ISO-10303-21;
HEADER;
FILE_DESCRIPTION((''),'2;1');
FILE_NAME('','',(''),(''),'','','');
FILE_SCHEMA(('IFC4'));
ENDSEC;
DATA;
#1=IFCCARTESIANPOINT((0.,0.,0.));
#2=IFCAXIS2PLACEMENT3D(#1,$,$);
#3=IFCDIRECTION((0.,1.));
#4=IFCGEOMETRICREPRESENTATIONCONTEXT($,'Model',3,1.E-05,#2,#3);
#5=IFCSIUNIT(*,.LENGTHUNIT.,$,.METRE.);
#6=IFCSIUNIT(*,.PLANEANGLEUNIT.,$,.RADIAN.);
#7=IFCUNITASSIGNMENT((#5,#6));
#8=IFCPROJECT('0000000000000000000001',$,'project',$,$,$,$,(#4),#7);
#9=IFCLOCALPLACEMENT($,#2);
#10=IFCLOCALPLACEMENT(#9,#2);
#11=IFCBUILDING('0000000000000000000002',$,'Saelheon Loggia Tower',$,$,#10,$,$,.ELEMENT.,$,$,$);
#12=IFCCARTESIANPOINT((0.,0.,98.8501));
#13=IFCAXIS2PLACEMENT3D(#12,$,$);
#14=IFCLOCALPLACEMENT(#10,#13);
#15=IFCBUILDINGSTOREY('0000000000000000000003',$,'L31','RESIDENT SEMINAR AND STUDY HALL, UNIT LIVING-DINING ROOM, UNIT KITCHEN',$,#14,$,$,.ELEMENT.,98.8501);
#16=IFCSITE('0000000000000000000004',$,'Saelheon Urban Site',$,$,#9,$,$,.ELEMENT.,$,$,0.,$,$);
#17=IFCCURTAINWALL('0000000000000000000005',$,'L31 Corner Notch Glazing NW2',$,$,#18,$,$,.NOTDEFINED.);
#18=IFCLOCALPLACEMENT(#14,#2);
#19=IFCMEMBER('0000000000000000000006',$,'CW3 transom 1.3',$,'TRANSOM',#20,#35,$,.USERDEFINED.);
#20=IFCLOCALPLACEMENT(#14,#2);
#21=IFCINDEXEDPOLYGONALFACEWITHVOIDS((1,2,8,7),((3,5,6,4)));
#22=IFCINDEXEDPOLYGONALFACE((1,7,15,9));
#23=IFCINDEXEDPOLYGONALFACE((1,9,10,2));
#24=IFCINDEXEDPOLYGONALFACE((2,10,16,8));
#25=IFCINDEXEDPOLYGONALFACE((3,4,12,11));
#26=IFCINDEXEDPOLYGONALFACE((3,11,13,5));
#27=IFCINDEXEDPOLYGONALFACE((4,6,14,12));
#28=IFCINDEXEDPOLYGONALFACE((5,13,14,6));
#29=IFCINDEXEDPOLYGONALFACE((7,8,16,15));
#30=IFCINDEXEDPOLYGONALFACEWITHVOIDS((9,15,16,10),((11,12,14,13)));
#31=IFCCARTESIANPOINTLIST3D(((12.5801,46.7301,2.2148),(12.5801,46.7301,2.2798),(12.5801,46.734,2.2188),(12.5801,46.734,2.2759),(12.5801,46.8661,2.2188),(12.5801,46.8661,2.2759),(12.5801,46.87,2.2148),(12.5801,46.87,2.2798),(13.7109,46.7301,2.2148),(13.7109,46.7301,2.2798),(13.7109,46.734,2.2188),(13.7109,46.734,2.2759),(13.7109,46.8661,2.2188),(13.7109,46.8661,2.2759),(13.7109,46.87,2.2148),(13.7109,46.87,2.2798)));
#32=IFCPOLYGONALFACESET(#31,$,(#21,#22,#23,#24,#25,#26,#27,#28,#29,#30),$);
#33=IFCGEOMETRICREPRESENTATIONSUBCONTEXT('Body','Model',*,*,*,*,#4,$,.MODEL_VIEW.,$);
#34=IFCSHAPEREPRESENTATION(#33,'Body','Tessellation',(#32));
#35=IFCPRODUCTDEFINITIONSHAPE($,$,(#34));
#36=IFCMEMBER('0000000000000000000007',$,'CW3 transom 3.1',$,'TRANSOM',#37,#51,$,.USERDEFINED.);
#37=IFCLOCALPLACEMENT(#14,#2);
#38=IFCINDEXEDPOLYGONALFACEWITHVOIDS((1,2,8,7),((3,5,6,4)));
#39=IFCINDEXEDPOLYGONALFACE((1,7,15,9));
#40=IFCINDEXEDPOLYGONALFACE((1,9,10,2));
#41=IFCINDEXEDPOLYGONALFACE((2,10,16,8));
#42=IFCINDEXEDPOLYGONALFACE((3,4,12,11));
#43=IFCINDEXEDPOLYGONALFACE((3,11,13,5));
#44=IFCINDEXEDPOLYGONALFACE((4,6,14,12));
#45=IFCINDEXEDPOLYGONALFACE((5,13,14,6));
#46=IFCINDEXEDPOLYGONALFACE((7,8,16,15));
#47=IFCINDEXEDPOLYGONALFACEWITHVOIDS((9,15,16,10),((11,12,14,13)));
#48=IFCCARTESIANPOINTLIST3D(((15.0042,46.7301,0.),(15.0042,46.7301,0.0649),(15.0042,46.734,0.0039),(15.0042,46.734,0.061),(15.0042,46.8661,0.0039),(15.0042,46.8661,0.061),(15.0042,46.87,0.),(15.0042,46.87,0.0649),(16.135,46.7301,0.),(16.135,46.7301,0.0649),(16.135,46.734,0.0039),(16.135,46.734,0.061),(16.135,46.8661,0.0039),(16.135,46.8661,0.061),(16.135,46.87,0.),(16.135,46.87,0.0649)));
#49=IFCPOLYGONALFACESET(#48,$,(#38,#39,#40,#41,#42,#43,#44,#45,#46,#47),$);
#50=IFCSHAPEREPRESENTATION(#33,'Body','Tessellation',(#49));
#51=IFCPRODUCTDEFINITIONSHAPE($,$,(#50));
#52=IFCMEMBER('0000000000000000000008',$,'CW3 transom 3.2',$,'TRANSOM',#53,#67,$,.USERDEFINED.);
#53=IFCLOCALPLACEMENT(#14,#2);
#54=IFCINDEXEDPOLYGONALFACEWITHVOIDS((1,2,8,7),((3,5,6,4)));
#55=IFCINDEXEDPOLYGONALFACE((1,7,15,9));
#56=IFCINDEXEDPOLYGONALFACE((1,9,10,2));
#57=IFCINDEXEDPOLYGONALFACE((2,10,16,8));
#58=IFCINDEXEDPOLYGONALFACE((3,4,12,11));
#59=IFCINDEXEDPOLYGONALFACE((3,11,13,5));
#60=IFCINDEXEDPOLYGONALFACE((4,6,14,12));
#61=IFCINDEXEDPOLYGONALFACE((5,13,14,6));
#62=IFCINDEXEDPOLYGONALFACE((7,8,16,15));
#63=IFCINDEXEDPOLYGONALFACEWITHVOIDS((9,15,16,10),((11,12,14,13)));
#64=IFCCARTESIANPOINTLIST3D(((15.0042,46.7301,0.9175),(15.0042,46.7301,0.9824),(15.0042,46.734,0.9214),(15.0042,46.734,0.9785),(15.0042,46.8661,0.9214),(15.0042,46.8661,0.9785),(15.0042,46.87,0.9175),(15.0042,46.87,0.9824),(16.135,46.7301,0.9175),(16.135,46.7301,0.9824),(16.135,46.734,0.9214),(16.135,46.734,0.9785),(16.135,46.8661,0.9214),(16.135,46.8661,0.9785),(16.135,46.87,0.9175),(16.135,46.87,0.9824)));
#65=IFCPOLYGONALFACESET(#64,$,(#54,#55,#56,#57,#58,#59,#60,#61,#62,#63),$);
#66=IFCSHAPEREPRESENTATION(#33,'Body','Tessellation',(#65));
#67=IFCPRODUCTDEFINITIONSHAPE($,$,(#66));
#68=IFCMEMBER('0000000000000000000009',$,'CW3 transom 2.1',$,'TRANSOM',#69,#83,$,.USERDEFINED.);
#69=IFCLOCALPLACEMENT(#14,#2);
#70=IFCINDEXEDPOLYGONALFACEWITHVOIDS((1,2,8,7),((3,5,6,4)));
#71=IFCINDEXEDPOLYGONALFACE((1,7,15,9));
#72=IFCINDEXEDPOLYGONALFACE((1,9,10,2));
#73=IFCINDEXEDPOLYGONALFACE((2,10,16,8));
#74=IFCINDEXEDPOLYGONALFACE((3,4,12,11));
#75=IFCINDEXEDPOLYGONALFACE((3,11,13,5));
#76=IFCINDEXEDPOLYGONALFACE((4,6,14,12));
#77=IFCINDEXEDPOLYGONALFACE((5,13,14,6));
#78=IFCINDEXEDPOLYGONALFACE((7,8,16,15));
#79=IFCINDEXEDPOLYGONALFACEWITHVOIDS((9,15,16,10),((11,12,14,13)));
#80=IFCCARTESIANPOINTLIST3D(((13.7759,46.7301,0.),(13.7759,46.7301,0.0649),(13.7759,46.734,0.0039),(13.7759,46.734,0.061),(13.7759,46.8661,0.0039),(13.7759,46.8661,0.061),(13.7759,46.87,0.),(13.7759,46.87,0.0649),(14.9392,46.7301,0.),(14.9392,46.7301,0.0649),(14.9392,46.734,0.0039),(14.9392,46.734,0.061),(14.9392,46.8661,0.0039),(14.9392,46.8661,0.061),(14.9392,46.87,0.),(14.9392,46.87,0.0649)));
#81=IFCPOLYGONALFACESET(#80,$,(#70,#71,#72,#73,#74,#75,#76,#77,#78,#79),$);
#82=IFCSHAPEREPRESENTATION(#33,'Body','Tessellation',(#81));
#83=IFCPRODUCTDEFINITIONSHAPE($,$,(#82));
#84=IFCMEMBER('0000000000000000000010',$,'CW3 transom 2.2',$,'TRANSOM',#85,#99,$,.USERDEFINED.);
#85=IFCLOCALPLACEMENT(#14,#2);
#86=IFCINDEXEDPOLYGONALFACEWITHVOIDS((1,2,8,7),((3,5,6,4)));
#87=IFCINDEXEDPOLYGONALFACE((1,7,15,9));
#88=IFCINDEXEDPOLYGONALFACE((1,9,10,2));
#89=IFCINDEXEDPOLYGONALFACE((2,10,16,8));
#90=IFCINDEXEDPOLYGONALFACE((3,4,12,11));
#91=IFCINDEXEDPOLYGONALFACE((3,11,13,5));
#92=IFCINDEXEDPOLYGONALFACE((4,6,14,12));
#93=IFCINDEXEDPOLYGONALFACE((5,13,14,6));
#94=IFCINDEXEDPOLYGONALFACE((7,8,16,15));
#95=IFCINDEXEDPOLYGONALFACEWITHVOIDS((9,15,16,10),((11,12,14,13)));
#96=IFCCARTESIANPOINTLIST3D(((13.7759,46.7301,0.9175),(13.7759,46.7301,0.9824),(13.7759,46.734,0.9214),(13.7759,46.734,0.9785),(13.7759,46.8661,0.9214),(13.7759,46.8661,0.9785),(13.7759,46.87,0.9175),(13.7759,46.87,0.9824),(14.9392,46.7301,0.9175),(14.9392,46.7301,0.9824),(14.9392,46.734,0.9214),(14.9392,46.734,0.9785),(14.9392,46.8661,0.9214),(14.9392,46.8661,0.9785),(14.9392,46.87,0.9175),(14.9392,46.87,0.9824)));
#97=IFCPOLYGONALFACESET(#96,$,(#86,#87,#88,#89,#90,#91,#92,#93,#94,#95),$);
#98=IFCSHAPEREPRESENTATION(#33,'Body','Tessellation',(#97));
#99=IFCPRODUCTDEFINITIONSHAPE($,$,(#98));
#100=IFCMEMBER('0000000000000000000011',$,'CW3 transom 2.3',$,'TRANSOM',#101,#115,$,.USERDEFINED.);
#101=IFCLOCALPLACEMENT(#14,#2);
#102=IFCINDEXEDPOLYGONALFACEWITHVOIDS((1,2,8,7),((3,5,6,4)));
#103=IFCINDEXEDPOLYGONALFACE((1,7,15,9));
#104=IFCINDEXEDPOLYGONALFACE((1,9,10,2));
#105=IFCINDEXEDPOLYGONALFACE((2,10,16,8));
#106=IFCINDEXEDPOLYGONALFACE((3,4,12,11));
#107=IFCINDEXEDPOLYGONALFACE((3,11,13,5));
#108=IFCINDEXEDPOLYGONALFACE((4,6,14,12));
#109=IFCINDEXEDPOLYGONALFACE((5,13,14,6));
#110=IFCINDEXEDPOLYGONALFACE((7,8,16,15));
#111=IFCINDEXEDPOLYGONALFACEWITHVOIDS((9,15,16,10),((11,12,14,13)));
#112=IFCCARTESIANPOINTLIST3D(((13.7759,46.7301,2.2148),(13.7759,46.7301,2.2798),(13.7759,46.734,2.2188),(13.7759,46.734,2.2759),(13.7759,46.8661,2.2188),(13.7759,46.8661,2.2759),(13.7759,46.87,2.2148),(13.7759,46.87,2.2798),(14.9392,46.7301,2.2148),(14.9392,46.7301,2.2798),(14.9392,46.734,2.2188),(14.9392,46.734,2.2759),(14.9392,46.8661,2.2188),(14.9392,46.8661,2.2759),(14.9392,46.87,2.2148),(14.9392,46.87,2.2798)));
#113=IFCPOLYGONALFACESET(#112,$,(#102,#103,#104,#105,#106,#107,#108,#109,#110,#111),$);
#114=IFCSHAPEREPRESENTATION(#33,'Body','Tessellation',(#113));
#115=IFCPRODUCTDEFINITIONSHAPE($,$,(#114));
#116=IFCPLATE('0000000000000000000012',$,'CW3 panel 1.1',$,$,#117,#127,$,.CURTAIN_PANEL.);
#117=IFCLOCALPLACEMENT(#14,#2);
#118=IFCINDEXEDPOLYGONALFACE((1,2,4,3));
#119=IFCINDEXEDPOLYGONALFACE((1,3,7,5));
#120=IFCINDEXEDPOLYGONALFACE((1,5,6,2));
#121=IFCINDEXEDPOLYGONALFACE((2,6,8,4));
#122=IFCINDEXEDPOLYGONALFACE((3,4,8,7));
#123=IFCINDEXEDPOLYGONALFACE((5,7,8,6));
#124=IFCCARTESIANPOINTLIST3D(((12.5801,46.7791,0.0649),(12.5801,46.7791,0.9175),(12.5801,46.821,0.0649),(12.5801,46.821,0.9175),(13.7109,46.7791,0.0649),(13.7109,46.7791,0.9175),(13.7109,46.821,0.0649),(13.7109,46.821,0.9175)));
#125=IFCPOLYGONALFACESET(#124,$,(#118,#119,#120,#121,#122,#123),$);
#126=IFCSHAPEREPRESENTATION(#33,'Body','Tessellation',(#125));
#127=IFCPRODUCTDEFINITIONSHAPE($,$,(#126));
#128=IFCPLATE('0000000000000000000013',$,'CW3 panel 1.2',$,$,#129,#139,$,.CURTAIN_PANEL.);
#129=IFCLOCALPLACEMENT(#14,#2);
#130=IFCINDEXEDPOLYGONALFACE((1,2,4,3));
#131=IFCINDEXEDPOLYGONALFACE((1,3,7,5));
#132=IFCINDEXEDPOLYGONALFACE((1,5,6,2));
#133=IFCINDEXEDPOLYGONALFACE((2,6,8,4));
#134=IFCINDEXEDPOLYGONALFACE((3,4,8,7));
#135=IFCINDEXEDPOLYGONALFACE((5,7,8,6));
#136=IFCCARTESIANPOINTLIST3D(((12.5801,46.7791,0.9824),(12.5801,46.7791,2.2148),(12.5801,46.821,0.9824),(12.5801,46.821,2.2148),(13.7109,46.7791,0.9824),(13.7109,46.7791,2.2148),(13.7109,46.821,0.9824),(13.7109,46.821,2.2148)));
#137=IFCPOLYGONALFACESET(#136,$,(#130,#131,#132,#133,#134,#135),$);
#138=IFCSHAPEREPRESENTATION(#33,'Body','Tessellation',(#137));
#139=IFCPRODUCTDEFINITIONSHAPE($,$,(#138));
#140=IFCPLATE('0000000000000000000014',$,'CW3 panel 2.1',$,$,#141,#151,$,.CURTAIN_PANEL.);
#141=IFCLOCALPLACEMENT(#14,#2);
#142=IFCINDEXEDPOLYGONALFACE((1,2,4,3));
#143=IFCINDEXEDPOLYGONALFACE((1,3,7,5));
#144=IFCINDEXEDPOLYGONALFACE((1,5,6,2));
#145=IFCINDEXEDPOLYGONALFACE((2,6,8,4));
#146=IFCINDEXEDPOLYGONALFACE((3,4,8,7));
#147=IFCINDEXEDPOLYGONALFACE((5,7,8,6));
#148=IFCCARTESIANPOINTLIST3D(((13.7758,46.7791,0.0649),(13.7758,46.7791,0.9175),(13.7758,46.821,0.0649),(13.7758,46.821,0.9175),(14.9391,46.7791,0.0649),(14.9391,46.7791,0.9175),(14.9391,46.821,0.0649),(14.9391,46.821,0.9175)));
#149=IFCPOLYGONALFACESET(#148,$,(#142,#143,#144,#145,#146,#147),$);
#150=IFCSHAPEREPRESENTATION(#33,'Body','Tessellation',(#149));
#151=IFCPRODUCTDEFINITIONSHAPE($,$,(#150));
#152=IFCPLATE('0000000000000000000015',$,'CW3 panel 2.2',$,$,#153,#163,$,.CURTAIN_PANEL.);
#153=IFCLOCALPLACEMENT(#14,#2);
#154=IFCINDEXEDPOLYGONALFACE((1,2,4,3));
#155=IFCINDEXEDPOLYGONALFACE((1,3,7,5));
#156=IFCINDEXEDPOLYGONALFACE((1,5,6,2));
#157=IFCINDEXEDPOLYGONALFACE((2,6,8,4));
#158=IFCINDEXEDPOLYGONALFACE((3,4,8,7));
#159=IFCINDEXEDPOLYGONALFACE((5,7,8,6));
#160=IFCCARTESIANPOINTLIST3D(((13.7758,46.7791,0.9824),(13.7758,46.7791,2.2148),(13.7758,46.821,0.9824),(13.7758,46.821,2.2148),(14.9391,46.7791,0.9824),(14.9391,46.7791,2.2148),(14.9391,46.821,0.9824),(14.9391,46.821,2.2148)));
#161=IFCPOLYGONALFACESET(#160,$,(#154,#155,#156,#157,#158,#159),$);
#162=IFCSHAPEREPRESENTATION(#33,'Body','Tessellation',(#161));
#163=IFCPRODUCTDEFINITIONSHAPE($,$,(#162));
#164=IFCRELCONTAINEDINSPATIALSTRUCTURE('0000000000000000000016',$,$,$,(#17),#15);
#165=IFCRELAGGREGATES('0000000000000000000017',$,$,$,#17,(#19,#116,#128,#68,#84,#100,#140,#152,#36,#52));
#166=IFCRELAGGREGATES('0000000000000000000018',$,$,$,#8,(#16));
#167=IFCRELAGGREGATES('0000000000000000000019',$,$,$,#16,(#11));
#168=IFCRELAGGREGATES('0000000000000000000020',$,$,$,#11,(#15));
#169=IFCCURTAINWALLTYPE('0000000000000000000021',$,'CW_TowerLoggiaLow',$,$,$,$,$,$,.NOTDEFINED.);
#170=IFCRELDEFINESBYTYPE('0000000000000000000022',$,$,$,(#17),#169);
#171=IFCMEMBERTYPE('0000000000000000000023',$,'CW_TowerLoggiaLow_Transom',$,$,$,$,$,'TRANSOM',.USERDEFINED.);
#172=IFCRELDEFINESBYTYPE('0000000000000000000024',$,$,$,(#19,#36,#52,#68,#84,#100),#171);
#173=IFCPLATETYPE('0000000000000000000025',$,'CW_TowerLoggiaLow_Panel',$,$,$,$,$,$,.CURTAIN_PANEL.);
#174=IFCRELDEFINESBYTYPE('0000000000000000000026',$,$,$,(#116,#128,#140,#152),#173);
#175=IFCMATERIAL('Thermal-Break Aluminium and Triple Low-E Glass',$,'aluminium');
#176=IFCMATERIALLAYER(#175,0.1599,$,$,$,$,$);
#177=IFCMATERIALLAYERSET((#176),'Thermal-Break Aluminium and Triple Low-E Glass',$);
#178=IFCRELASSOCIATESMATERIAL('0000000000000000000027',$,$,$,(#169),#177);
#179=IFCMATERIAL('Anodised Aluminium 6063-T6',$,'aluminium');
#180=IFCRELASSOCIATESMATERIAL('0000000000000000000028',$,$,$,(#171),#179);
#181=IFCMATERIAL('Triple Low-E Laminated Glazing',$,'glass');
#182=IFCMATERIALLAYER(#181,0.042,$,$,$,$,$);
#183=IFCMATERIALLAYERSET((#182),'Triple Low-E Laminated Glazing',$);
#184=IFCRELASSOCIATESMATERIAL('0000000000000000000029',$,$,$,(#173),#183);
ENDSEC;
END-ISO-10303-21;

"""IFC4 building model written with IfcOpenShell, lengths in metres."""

from ifc_helpers import new_model, si_unit, direction, frame, origin, origin_2d, place, context, subcontext, project, spatial, rectangle, hollow_rectangle, extrude, source, transform, mapped, material, layer, layer_set, material_profile, profile_set, type_object, element, aggregate, save


model = new_model("IFC4")

# Units and contexts
model_context = context("Model", 3, precision=1e-05, world=origin(), true_north=direction((0.0, 1.0)))
body_context = subcontext(model_context, "Body", "Model", "MODEL_VIEW")
ifc_project = project(units=[si_unit("LENGTHUNIT", "METRE"), si_unit("PLANEANGLEUNIT", "RADIAN")], contexts=[model_context])

# Site, building, storey
site_placement = place(None, origin())
site = spatial("IfcSite", under=ifc_project, at=site_placement, Name="Saelheon Urban Site", CompositionType="ELEMENT", RefElevation=0.0)
building_placement = place(site_placement, origin())
building = spatial("IfcBuilding", under=site, at=building_placement, Name="Saelheon Loggia Tower", CompositionType="ELEMENT")
storey_placement = place(building_placement, frame((0.0, 0.0, 98.8501)))
storey = spatial("IfcBuildingStorey", under=building, at=storey_placement, Name="L31", Description="RESIDENT SEMINAR AND STUDY HALL, UNIT LIVING-DINING ROOM, UNIT KITCHEN", CompositionType="ELEMENT", Elevation=98.8501)

# Curtain wall, members, plates
ifc_material_1 = material(Name="Thermal-Break Aluminium and Triple Low-E Glass", Category="aluminium")
ifc_layer_1 = layer(ifc_material_1, 0.1599)
ifc_layer_set_1 = layer_set([ifc_layer_1], Name="Thermal-Break Aluminium and Triple Low-E Glass")
curtain_wall_type = type_object("IfcCurtainWallType", Name="CW_TowerLoggiaLow", PredefinedType="NOTDEFINED", material=ifc_layer_set_1)
curtain_wall_placement = place(storey_placement, origin())
curtain_wall = element("IfcCurtainWall", 1, at=curtain_wall_placement, inside=storey, type_object=curtain_wall_type, Name="L31 Corner Notch Glazing NW2", PredefinedType="NOTDEFINED")
ifc_material_2 = material(Name="Anodised Aluminium 6063-T6", Category="aluminium")
ifc_material_profile_1 = material_profile(ifc_material_2, hollow_rectangle(XDim=0.0649, YDim=0.1399, WallThickness=0.0039, at=origin_2d()), Name="RHS-140x65x4")
ifc_profile_set_1 = profile_set([ifc_material_profile_1], Name="Anodised Aluminium 6063-T6")
member_type_1 = type_object("IfcMemberType", Name="CW_TowerLoggiaLow_Transom", ElementType="TRANSOM", PredefinedType="USERDEFINED", material=ifc_profile_set_1)
shared_shape_1 = source(origin(), body_context, "Body", "SweptSolid", [
    extrude(hollow_rectangle(XDim=0.0649, YDim=0.1399, WallThickness=0.0039, at=origin_2d()), origin(), (0.0, 0.0, 1.0), 1.1309),
])
member_1_placement = place(storey_placement, frame((12.5801, 46.8, 2.2473), z_axis=(1.0, 0.0, 0.0), x_axis=(0.0, 0.0, 1.0)))
member_1 = element("IfcMember", 2, at=member_1_placement, type_object=member_type_1, Name="CW3 transom 1.3", ObjectType="TRANSOM", PredefinedType="USERDEFINED", context=body_context, shape_type="MappedRepresentation", body=[
    mapped(shared_shape_1, transform((0.0, 0.0, 0.0), scale=1.0)),
])
member_2_placement = place(storey_placement, frame((15.0042, 46.8, 0.0325), z_axis=(1.0, 0.0, 0.0), x_axis=(0.0, 0.0, 1.0)))
member_2 = element("IfcMember", 3, at=member_2_placement, type_object=member_type_1, Name="CW3 transom 3.1", ObjectType="TRANSOM", PredefinedType="USERDEFINED", context=body_context, shape_type="MappedRepresentation", body=[
    mapped(shared_shape_1, transform((0.0, 0.0, 0.0), scale=1.0)),
])
member_3_placement = place(storey_placement, frame((15.0042, 46.8, 0.95), z_axis=(1.0, 0.0, 0.0), x_axis=(0.0, 0.0, 1.0)))
member_3 = element("IfcMember", 4, at=member_3_placement, type_object=member_type_1, Name="CW3 transom 3.2", ObjectType="TRANSOM", PredefinedType="USERDEFINED", context=body_context, shape_type="MappedRepresentation", body=[
    mapped(shared_shape_1, transform((0.0, 0.0, 0.0), scale=1.0)),
])
shared_shape_2 = source(origin(), body_context, "Body", "SweptSolid", [
    extrude(hollow_rectangle(XDim=0.0649, YDim=0.1399, WallThickness=0.0039, at=origin_2d()), origin(), (0.0, 0.0, 1.0), 1.1633),
])
member_4_placement = place(storey_placement, frame((13.7759, 46.8, 0.0325), z_axis=(1.0, 0.0, 0.0), x_axis=(0.0, 0.0, 1.0)))
member_4 = element("IfcMember", 5, at=member_4_placement, type_object=member_type_1, Name="CW3 transom 2.1", ObjectType="TRANSOM", PredefinedType="USERDEFINED", context=body_context, shape_type="MappedRepresentation", body=[
    mapped(shared_shape_2, transform((0.0, 0.0, 0.0), scale=1.0)),
])
member_5_placement = place(storey_placement, frame((13.7759, 46.8, 0.95), z_axis=(1.0, 0.0, 0.0), x_axis=(0.0, 0.0, 1.0)))
member_5 = element("IfcMember", 6, at=member_5_placement, type_object=member_type_1, Name="CW3 transom 2.2", ObjectType="TRANSOM", PredefinedType="USERDEFINED", context=body_context, shape_type="MappedRepresentation", body=[
    mapped(shared_shape_2, transform((0.0, 0.0, 0.0), scale=1.0)),
])
member_6_placement = place(storey_placement, frame((13.7759, 46.8, 2.2473), z_axis=(1.0, 0.0, 0.0), x_axis=(0.0, 0.0, 1.0)))
member_6 = element("IfcMember", 7, at=member_6_placement, type_object=member_type_1, Name="CW3 transom 2.3", ObjectType="TRANSOM", PredefinedType="USERDEFINED", context=body_context, shape_type="MappedRepresentation", body=[
    mapped(shared_shape_2, transform((0.0, 0.0, 0.0), scale=1.0)),
])
ifc_material_3 = material(Name="Triple Low-E Laminated Glazing", Category="glass")
ifc_layer_2 = layer(ifc_material_3, 0.042)
ifc_layer_set_2 = layer_set([ifc_layer_2], Name="Triple Low-E Laminated Glazing")
plate_type = type_object("IfcPlateType", Name="CW_TowerLoggiaLow_Panel", PredefinedType="CURTAIN_PANEL", material=ifc_layer_set_2)
shared_shape_3 = source(origin(), body_context, "Body", "SweptSolid", [
    extrude(rectangle(XDim=1.1309, YDim=0.042, at=origin_2d()), origin(), (0.0, 0.0, 1.0), 0.8525),
])
plate_1_placement = place(storey_placement, frame((13.1455, 46.8, 0.0649), z_axis=(0.0, 0.0, 1.0), x_axis=(1.0, 0.0, 0.0)))
plate_1 = element("IfcPlate", 8, at=plate_1_placement, type_object=plate_type, Name="CW3 panel 1.1", PredefinedType="CURTAIN_PANEL", context=body_context, shape_type="MappedRepresentation", body=[
    mapped(shared_shape_3, transform((0.0, 0.0, 0.0), scale=1.0)),
])
shared_shape_4 = source(origin(), body_context, "Body", "SweptSolid", [
    extrude(rectangle(XDim=1.1309, YDim=0.042, at=origin_2d()), origin(), (0.0, 0.0, 1.0), 1.2324),
])
plate_2_placement = place(storey_placement, frame((13.1455, 46.8, 0.9824), z_axis=(0.0, 0.0, 1.0), x_axis=(1.0, 0.0, 0.0)))
plate_2 = element("IfcPlate", 9, at=plate_2_placement, type_object=plate_type, Name="CW3 panel 1.2", PredefinedType="CURTAIN_PANEL", context=body_context, shape_type="MappedRepresentation", body=[
    mapped(shared_shape_4, transform((0.0, 0.0, 0.0), scale=1.0)),
])
shared_shape_5 = source(origin(), body_context, "Body", "SweptSolid", [
    extrude(rectangle(XDim=1.1633, YDim=0.042, at=origin_2d()), origin(), (0.0, 0.0, 1.0), 0.8525),
])
plate_3_placement = place(storey_placement, frame((14.3574, 46.8, 0.0649), z_axis=(0.0, 0.0, 1.0), x_axis=(1.0, 0.0, 0.0)))
plate_3 = element("IfcPlate", 10, at=plate_3_placement, type_object=plate_type, Name="CW3 panel 2.1", PredefinedType="CURTAIN_PANEL", context=body_context, shape_type="MappedRepresentation", body=[
    mapped(shared_shape_5, transform((0.0, 0.0, 0.0), scale=1.0)),
])
shared_shape_6 = source(origin(), body_context, "Body", "SweptSolid", [
    extrude(rectangle(XDim=1.1633, YDim=0.042, at=origin_2d()), origin(), (0.0, 0.0, 1.0), 1.2324),
])
plate_4_placement = place(storey_placement, frame((14.3574, 46.8, 0.9824), z_axis=(0.0, 0.0, 1.0), x_axis=(1.0, 0.0, 0.0)))
plate_4 = element("IfcPlate", 11, at=plate_4_placement, type_object=plate_type, Name="CW3 panel 2.2", PredefinedType="CURTAIN_PANEL", context=body_context, shape_type="MappedRepresentation", body=[
    mapped(shared_shape_6, transform((0.0, 0.0, 0.0), scale=1.0)),
])
aggregate(curtain_wall, [member_1, plate_1, plate_2, member_4, member_5, member_6, plate_3, plate_4, member_2, member_3])

save(model, "model.ifc")
